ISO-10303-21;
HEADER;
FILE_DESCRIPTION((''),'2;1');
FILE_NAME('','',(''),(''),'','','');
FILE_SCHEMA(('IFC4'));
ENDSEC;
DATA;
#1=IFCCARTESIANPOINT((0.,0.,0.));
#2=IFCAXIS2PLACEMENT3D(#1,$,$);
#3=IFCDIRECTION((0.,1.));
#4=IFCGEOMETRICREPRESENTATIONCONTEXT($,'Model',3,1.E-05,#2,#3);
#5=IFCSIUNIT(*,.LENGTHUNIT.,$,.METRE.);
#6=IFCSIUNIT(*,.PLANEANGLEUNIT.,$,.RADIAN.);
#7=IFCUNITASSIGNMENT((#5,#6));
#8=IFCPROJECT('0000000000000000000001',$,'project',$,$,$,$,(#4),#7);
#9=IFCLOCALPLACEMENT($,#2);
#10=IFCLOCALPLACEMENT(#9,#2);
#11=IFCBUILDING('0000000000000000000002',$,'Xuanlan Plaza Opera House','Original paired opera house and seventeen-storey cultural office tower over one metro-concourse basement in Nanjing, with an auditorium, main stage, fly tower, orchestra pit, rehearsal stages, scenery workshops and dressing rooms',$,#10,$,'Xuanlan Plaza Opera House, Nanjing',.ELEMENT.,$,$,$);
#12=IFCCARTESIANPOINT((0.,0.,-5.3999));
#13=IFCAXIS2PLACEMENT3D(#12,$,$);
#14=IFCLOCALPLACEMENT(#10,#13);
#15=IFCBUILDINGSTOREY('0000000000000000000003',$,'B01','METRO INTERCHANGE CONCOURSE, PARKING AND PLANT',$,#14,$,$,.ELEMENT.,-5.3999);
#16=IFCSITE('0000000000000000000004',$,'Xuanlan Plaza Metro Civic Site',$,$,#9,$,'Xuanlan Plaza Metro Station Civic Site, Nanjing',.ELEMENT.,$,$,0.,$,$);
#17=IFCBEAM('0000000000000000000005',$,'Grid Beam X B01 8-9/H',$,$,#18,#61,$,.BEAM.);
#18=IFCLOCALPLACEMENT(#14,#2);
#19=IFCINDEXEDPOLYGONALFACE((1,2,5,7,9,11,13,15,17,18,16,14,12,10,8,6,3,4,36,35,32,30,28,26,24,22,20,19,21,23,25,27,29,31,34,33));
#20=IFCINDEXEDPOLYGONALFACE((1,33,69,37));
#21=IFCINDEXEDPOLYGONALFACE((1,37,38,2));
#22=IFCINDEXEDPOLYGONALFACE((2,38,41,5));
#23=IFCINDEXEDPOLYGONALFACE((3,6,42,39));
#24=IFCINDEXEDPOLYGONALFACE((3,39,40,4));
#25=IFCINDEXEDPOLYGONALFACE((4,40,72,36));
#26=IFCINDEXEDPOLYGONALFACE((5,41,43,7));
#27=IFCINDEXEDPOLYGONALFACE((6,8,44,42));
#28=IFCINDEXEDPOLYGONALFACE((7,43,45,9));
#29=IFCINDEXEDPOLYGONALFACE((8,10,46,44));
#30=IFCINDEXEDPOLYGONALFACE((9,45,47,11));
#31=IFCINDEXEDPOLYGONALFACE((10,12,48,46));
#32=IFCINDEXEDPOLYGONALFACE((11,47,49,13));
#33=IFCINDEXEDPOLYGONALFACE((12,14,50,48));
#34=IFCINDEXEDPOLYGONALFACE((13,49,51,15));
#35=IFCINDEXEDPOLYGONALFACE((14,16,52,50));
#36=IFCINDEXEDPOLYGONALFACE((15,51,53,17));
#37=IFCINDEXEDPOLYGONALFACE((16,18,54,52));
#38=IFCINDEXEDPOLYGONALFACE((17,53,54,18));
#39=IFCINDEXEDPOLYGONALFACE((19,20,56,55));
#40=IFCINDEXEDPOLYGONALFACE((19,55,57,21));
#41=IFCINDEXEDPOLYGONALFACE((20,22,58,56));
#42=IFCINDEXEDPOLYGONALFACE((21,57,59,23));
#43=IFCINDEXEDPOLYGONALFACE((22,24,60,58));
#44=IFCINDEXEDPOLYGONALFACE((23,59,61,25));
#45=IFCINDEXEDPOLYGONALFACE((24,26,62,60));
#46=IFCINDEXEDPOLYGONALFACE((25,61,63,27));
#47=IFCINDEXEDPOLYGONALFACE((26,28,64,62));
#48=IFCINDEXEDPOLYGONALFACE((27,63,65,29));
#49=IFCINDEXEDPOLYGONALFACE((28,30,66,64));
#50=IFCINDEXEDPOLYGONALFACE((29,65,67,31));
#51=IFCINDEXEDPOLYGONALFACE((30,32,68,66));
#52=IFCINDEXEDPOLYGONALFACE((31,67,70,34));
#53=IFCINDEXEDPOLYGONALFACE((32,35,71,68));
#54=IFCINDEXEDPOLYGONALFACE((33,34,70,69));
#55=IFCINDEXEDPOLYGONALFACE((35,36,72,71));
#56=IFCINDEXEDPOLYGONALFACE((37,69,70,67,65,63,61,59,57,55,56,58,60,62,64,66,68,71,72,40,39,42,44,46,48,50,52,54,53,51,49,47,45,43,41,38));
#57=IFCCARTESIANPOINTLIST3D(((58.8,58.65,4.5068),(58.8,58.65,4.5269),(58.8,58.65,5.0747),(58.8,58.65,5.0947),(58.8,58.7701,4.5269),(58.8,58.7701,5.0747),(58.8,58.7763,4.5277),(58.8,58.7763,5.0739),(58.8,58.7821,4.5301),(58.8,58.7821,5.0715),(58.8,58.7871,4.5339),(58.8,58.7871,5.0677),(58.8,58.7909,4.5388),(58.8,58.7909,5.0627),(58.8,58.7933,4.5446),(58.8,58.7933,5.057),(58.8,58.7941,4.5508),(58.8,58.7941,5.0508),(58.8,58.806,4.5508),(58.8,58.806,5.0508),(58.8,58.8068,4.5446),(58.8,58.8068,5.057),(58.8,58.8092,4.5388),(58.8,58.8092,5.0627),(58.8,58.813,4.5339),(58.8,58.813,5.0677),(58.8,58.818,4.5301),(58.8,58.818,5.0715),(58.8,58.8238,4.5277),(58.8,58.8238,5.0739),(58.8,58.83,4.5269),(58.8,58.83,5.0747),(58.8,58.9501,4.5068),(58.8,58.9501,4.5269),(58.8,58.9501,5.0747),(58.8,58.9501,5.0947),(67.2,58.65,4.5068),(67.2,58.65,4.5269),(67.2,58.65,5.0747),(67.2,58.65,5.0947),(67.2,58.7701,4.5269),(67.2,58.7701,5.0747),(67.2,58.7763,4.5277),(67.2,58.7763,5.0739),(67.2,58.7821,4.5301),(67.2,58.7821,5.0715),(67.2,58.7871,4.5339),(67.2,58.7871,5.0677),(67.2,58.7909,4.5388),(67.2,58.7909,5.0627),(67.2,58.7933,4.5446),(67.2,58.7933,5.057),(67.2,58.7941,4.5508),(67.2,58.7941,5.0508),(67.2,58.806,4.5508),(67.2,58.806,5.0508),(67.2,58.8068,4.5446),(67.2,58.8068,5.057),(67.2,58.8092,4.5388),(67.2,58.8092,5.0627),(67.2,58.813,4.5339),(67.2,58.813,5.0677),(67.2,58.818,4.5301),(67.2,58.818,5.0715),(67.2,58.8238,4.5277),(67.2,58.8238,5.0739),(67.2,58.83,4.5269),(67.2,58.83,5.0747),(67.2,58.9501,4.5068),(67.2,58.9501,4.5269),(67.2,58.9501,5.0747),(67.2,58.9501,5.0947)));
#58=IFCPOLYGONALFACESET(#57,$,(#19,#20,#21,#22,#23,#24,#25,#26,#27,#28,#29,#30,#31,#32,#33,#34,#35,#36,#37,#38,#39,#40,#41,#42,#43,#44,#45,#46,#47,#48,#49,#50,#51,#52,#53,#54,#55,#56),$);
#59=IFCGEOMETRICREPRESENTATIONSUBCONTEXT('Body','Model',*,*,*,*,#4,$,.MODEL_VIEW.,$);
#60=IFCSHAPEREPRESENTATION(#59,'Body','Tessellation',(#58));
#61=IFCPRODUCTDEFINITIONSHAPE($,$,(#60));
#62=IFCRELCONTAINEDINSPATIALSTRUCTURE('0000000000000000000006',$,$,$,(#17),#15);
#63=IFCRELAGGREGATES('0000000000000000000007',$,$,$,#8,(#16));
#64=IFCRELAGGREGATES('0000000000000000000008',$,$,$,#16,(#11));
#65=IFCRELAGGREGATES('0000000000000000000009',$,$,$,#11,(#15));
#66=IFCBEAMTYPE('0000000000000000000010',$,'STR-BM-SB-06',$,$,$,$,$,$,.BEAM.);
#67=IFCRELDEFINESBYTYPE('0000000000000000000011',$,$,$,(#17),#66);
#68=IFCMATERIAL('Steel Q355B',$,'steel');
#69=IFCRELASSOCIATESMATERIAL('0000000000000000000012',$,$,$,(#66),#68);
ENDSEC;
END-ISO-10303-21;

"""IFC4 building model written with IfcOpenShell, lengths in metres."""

from ifc_helpers import new_model, si_unit, direction, frame, origin, origin_2d, place, context, subcontext, project, spatial, i_section, extrude, material, material_profile, profile_set, type_object, element, save


model = new_model("IFC4")

# Units and contexts
model_context = context("Model", 3, precision=1e-05, world=origin(), true_north=direction((0.0, 1.0)))
body_context = subcontext(model_context, "Body", "Model", "MODEL_VIEW")
ifc_project = project(units=[si_unit("LENGTHUNIT", "METRE"), si_unit("PLANEANGLEUNIT", "RADIAN")], contexts=[model_context])

# Site, building, storey
site_placement = place(None, origin())
site = spatial("IfcSite", under=ifc_project, at=site_placement, Name="Xuanlan Plaza Metro Civic Site", LongName="Xuanlan Plaza Metro Station Civic Site, Nanjing", CompositionType="ELEMENT", RefElevation=0.0)
building_placement = place(site_placement, origin())
building = spatial("IfcBuilding", under=site, at=building_placement, Name="Xuanlan Plaza Opera House", Description="Original paired opera house and seventeen-storey cultural office tower over one metro-concourse basement in Nanjing, with an auditorium, main stage, fly tower, orchestra pit, rehearsal stages, scenery workshops and dressing rooms", LongName="Xuanlan Plaza Opera House, Nanjing", CompositionType="ELEMENT")
storey_placement = place(building_placement, frame((0.0, 0.0, -5.3999)))
storey = spatial("IfcBuildingStorey", under=building, at=storey_placement, Name="B01", Description="METRO INTERCHANGE CONCOURSE, PARKING AND PLANT", CompositionType="ELEMENT", Elevation=-5.3999)

# Beam
ifc_material_1 = material(Name="Steel Q355B", Category="steel")
ifc_material_profile_1 = material_profile(ifc_material_1, i_section(OverallWidth=0.3, OverallDepth=0.5879, WebThickness=0.012, FlangeThickness=0.02, FilletRadius=0.0239, at=origin_2d()), Name="HM 588x300x12x20")
ifc_profile_set_1 = profile_set([ifc_material_profile_1], Name="Steel Q355B")
beam_type_1 = type_object("IfcBeamType", Name="STR-BM-SB-06", PredefinedType="BEAM", material=ifc_profile_set_1)
beam_1_placement = place(storey_placement, frame((58.8, 58.8, 4.8008), z_axis=(1.0, 0.0, 0.0), x_axis=(0.0, 1.0, 0.0)))
element("IfcBeam", 1, at=beam_1_placement, inside=storey, type_object=beam_type_1, Name="Grid Beam X B01 8-9/H", PredefinedType="BEAM", context=body_context, shape_type="SweptSolid", body=[
    extrude(i_section(OverallWidth=0.3, OverallDepth=0.5879, WebThickness=0.012, FlangeThickness=0.02, FilletRadius=0.0239, at=origin_2d()), origin(), (0.0, 0.0, 1.0), 8.3999),
])

save(model, "model.ifc")
